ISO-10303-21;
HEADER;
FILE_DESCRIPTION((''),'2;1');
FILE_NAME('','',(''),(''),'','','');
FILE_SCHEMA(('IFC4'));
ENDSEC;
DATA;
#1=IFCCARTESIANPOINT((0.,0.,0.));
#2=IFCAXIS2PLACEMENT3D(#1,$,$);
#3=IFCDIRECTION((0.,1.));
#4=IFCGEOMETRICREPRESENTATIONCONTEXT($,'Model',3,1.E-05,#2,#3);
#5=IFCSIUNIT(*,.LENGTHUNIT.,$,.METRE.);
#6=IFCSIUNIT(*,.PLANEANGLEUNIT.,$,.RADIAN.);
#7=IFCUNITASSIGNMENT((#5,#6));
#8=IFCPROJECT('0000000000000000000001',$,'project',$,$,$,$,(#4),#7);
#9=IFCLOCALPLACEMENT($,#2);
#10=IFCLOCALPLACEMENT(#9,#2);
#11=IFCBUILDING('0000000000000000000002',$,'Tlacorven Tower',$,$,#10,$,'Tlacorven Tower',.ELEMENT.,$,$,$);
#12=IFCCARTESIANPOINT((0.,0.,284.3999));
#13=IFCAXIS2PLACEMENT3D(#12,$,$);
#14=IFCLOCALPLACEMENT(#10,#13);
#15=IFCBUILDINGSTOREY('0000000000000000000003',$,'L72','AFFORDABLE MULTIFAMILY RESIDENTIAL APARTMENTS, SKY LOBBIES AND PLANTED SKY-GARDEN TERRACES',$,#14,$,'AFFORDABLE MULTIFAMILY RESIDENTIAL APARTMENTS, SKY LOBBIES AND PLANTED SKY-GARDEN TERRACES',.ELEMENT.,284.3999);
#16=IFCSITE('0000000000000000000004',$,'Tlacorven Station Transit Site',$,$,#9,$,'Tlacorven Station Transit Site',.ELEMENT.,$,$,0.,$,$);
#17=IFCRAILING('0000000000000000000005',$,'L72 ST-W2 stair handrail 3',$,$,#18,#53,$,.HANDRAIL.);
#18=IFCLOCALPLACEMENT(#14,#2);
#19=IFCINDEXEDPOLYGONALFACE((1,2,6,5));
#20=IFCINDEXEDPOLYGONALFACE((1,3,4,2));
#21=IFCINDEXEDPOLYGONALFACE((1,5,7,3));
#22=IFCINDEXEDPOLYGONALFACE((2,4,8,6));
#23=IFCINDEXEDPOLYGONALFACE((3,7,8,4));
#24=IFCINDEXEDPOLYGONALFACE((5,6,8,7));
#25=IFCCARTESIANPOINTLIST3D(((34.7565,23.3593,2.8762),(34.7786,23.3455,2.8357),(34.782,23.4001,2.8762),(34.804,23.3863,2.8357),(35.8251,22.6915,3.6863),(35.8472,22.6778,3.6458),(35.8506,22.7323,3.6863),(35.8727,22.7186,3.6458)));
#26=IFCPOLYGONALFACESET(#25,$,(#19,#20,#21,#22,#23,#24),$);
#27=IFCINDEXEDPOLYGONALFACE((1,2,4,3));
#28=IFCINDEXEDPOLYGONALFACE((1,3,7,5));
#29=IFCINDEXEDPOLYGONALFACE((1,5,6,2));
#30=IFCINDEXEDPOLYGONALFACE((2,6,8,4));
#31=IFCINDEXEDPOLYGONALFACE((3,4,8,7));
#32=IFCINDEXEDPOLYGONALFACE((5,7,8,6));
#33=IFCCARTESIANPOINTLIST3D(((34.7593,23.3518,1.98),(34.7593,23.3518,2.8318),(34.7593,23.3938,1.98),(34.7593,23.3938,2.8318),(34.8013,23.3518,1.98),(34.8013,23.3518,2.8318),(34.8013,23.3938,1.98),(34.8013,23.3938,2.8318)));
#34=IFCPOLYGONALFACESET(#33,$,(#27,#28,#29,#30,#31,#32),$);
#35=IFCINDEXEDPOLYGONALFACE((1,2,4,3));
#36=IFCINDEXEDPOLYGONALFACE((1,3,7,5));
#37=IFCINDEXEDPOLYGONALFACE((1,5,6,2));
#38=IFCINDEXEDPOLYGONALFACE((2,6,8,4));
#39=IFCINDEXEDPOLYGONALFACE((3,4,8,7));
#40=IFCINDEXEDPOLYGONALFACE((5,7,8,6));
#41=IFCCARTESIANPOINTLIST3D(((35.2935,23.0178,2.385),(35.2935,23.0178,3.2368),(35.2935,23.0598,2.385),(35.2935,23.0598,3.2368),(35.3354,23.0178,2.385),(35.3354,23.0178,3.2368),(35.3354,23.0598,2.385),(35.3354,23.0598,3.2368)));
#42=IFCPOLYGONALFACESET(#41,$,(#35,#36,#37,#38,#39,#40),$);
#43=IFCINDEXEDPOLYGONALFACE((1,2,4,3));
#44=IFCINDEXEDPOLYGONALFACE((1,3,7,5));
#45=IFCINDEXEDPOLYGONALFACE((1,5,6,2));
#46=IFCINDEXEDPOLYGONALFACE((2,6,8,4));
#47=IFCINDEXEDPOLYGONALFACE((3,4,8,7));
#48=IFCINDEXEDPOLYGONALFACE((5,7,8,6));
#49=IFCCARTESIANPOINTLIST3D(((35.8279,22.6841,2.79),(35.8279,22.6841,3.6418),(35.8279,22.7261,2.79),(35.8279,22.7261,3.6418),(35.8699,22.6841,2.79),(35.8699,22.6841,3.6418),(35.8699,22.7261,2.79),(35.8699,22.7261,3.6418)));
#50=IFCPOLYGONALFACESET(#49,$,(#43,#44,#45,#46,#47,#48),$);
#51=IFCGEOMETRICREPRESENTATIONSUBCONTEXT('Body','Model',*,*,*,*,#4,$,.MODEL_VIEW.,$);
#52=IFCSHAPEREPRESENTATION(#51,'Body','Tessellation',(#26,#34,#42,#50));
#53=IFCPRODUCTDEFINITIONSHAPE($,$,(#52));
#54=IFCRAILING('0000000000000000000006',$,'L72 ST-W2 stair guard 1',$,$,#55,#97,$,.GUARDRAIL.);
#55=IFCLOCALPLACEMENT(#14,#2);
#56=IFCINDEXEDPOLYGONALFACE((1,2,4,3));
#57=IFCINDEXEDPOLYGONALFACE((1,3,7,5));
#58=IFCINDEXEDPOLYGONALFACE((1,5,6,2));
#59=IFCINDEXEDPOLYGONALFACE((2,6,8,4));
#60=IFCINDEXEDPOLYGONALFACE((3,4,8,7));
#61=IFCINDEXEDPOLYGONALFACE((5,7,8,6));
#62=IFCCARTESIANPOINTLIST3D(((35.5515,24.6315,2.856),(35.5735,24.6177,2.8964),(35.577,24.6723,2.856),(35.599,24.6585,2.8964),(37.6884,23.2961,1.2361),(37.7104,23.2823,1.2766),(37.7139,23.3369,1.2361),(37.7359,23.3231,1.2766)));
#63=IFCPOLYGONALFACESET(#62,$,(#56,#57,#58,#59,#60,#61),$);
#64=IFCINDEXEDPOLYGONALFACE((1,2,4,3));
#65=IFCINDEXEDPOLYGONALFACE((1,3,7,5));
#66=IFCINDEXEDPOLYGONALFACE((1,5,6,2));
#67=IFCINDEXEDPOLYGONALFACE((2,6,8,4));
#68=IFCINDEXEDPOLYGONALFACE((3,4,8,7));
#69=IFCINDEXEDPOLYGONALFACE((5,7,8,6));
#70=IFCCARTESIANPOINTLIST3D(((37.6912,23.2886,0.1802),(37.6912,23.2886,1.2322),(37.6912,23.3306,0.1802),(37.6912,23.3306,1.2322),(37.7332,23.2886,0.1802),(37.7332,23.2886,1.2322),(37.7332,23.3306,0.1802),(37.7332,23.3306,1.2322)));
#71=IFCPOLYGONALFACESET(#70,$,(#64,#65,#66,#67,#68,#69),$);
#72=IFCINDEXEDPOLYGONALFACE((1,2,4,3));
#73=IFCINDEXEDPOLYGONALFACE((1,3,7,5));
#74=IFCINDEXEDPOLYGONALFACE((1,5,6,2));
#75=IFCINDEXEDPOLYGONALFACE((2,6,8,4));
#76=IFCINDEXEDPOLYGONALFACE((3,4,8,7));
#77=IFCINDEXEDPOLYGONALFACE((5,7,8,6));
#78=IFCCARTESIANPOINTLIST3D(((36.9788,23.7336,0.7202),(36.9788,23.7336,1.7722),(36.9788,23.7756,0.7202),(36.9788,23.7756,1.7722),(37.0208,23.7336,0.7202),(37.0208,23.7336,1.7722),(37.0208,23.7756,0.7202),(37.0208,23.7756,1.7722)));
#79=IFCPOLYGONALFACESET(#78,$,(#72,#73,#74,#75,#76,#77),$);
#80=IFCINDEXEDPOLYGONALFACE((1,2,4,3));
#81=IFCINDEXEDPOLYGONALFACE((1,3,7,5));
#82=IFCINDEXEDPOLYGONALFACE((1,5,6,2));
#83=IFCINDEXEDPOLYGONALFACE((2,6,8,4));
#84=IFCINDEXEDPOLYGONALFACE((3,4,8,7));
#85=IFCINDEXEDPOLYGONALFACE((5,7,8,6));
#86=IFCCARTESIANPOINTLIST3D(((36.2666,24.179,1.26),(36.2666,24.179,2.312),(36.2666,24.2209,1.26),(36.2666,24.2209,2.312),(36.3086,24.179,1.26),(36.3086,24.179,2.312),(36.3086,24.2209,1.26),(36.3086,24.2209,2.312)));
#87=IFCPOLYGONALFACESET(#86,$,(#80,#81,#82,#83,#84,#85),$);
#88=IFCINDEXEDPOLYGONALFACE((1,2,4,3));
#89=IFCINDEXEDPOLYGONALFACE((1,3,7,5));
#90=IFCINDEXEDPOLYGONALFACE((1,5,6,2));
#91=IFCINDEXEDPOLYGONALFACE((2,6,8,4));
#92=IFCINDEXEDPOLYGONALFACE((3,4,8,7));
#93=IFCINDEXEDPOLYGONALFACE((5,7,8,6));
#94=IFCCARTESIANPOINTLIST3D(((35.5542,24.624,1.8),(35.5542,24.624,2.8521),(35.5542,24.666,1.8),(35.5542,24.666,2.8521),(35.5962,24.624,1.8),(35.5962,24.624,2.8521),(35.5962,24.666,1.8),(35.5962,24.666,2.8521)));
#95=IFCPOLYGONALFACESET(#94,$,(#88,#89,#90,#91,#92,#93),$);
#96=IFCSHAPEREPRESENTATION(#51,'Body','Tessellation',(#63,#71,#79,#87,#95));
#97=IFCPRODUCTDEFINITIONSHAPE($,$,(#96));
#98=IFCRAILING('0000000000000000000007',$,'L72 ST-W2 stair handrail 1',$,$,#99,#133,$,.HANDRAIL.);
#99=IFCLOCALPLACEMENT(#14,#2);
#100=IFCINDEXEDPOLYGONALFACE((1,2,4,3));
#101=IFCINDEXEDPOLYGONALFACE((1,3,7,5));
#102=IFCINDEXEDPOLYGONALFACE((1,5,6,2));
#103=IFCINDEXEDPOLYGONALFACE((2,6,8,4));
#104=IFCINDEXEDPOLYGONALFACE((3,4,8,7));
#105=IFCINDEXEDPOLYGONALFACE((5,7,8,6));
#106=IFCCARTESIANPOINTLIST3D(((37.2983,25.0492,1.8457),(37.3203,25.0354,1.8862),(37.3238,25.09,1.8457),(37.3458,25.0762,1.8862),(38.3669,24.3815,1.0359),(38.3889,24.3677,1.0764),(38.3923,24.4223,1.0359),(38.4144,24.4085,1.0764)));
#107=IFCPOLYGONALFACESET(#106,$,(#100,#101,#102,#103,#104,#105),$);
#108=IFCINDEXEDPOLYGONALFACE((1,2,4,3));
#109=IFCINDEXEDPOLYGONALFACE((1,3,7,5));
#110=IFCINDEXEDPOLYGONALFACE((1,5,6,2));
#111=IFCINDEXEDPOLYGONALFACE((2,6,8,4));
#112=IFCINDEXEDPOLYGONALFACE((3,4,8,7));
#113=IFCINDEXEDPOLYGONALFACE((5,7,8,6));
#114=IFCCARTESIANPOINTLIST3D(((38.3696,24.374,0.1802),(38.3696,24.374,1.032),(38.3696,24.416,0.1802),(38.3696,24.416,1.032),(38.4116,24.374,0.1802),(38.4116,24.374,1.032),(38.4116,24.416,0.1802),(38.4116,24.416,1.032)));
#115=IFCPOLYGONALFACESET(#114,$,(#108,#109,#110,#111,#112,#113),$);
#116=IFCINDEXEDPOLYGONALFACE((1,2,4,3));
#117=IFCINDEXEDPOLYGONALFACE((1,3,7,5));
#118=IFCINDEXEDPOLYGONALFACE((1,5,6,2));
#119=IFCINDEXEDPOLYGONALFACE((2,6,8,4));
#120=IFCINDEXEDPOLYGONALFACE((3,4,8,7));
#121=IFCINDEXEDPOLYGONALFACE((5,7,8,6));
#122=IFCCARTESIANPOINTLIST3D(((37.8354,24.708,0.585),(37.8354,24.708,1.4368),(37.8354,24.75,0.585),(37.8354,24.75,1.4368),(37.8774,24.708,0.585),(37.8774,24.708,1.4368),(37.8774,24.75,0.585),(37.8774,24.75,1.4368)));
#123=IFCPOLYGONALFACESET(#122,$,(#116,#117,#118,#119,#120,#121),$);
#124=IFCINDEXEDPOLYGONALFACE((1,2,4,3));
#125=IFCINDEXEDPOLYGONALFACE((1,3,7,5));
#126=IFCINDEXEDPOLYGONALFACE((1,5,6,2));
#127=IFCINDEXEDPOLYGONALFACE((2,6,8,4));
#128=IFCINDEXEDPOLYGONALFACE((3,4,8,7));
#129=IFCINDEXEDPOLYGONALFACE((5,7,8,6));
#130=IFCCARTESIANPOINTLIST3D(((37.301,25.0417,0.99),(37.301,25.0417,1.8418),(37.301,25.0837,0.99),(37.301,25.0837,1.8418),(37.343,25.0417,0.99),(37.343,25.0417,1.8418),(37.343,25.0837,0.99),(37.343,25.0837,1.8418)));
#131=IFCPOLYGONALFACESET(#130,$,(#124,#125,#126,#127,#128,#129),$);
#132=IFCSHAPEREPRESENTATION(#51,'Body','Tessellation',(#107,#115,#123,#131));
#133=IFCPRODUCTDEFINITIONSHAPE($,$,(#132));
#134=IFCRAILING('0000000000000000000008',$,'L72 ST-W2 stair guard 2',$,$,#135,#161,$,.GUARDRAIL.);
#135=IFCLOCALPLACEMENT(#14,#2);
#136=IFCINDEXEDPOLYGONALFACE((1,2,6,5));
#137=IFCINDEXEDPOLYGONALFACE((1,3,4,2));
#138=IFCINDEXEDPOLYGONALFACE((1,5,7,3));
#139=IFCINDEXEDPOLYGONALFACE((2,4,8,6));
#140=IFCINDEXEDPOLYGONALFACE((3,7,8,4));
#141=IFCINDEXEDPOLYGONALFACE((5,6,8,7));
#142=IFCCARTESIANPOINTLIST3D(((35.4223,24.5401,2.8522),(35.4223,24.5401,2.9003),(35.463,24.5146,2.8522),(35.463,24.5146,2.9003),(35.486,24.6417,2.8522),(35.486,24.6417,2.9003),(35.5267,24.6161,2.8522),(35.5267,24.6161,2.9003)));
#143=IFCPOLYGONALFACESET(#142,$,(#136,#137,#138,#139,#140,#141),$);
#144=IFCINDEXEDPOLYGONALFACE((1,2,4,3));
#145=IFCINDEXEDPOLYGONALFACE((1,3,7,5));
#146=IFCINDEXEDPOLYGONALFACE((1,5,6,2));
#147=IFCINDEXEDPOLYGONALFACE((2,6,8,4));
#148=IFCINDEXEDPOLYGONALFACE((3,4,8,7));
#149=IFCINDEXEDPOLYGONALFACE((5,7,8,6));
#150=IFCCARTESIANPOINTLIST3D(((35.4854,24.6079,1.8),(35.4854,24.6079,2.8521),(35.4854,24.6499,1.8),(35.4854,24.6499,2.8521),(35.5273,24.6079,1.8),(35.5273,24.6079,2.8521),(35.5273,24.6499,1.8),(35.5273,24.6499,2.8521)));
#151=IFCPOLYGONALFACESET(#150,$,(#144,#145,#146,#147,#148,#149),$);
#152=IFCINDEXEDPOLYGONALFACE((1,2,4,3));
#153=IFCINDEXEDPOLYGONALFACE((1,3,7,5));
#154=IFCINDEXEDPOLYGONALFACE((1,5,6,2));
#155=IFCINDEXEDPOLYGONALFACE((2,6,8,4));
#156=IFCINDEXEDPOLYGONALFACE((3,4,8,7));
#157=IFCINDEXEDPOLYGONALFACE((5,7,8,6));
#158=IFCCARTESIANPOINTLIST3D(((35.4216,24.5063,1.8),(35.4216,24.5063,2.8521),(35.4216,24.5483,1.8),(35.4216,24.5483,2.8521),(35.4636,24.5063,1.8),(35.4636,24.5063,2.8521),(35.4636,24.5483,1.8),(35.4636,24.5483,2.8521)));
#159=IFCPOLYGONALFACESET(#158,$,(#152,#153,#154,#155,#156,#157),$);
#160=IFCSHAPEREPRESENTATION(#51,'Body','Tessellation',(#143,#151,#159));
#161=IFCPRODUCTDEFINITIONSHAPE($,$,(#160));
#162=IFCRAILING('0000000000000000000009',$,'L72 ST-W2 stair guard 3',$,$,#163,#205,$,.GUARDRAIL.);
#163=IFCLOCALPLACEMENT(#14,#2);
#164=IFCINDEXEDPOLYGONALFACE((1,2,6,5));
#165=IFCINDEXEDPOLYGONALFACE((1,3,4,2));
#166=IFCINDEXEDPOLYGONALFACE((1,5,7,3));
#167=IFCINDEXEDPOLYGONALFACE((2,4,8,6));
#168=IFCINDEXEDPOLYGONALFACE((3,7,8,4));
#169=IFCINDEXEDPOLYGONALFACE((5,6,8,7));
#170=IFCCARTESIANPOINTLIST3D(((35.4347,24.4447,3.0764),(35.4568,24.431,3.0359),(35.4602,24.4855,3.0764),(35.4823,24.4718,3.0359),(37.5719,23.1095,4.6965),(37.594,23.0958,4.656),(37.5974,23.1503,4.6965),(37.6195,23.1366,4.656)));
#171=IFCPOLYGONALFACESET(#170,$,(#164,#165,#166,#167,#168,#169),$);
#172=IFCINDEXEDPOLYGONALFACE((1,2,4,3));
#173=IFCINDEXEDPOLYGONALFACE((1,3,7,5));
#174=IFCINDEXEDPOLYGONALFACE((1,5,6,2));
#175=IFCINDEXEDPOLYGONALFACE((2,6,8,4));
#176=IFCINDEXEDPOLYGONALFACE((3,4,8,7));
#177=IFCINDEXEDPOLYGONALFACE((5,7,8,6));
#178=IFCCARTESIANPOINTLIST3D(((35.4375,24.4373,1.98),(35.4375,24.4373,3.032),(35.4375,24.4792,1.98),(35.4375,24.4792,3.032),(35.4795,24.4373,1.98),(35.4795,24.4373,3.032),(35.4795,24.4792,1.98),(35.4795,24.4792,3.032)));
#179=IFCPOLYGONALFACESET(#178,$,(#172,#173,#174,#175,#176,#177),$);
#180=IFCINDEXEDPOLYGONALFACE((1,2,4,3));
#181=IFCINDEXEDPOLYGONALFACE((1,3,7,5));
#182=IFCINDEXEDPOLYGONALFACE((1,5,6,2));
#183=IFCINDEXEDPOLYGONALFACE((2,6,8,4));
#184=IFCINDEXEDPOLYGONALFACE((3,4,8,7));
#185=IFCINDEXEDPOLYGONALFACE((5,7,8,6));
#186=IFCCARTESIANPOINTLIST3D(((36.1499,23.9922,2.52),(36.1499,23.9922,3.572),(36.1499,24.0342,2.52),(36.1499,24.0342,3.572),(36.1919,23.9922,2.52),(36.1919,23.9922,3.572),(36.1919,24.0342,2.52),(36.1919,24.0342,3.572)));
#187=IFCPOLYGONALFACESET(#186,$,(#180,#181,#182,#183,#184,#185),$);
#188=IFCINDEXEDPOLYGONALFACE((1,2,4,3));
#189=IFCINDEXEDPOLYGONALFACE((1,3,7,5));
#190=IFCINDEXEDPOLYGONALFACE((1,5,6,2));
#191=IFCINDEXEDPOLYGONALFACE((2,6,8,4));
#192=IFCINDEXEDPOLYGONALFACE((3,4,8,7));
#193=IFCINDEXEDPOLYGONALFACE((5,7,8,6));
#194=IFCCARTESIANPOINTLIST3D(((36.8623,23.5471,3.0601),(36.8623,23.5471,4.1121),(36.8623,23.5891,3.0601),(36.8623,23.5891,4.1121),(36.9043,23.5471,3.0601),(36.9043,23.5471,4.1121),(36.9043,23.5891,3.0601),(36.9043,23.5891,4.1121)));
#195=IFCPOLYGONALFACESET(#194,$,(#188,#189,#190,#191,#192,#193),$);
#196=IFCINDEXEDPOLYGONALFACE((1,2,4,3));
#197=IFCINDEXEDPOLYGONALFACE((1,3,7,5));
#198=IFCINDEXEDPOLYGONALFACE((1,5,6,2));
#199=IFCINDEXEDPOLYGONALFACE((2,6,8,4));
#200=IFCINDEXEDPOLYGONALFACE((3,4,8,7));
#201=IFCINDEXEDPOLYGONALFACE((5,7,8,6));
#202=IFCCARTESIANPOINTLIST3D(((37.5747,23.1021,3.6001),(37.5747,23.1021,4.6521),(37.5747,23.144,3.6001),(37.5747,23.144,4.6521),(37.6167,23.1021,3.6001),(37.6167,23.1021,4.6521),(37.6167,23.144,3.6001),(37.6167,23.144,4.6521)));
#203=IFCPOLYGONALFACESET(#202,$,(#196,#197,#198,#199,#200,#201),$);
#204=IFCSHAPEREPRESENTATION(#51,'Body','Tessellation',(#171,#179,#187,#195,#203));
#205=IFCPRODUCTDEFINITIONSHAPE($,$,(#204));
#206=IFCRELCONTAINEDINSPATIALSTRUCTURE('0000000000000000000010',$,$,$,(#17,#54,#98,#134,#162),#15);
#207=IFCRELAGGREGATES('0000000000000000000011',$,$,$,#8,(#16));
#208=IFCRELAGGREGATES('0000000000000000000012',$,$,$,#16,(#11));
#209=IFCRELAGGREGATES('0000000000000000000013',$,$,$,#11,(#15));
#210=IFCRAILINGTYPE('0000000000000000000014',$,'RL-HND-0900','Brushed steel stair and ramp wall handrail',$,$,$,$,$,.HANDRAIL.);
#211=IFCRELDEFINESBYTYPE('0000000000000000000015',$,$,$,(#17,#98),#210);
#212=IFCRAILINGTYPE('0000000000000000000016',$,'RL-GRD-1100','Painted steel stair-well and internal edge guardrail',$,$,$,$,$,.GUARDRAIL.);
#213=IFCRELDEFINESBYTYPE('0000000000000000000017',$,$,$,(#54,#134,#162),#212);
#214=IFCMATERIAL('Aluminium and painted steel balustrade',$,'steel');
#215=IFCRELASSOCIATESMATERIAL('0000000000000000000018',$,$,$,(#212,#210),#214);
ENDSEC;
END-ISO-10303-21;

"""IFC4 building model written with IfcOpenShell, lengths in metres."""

from ifc_helpers import new_model, si_unit, direction, frame, origin, origin_2d, place, context, subcontext, project, spatial, rectangle, extrude, source, transform, mapped, material, type_object, element, save


model = new_model("IFC4")

# Units and contexts
model_context = context("Model", 3, precision=1e-05, world=origin(), true_north=direction((0.0, 1.0)))
body_context = subcontext(model_context, "Body", "Model", "MODEL_VIEW")
ifc_project = project(units=[si_unit("LENGTHUNIT", "METRE"), si_unit("PLANEANGLEUNIT", "RADIAN")], contexts=[model_context])

# Site, building, storey
site_placement = place(None, origin())
site = spatial("IfcSite", under=ifc_project, at=site_placement, Name="Tlacorven Station Transit Site", LongName="Tlacorven Station Transit Site", CompositionType="ELEMENT", RefElevation=0.0)
building_placement = place(site_placement, origin())
building = spatial("IfcBuilding", under=site, at=building_placement, Name="Tlacorven Tower", LongName="Tlacorven Tower", CompositionType="ELEMENT")
storey_placement = place(building_placement, frame((0.0, 0.0, 284.3999)))
storey = spatial("IfcBuildingStorey", under=building, at=storey_placement, Name="L72", Description="AFFORDABLE MULTIFAMILY RESIDENTIAL APARTMENTS, SKY LOBBIES AND PLANTED SKY-GARDEN TERRACES", LongName="AFFORDABLE MULTIFAMILY RESIDENTIAL APARTMENTS, SKY LOBBIES AND PLANTED SKY-GARDEN TERRACES", CompositionType="ELEMENT", Elevation=284.3999)

# Railings
ifc_material_1 = material(Name="Aluminium and painted steel balustrade", Category="steel")
railing_type_1 = type_object("IfcRailingType", Name="RL-GRD-1100", Description="Painted steel stair-well and internal edge guardrail", PredefinedType="GUARDRAIL", material=ifc_material_1)
railing_type_2 = type_object("IfcRailingType", Name="RL-HND-0900", Description="Brushed steel stair and ramp wall handrail", PredefinedType="HANDRAIL", material=ifc_material_1)
shared_shape_1 = source(origin(), body_context, "Body", "SweptSolid", [
    extrude(rectangle(XDim=0.0481, YDim=0.0481, at=origin_2d()), frame((0.0, 0.0, 0.876), z_axis=(0.71336, -0.445748, 0.540765), x_axis=(0.529912, 0.848053, 0.0)), (0.0, 0.0, 1.0), 1.498),
    extrude(rectangle(XDim=0.042, YDim=0.042, at=origin_2d()), origin(), (0.0, 0.0, 1.0), 0.8518),
    extrude(rectangle(XDim=0.042, YDim=0.042, at=origin_2d()), frame((0.5342, -0.334, 0.405)), (0.0, 0.0, 1.0), 0.8518),
    extrude(rectangle(XDim=0.042, YDim=0.042, at=origin_2d()), frame((1.0686, -0.6677, 0.8101)), (0.0, 0.0, 1.0), 0.8518),
])
railing_1_placement = place(storey_placement, frame((34.7803, 23.3728, 1.98)))
element("IfcRailing", 1, at=railing_1_placement, inside=storey, type_object=railing_type_2, Name="L72 ST-W2 stair handrail 3", PredefinedType="HANDRAIL", context=body_context, shape_type="MappedRepresentation", body=[
    mapped(shared_shape_1, transform((0.0, 0.0, 0.0), scale=1.0)),
])
shared_shape_2 = source(origin(), body_context, "Body", "SweptSolid", [
    extrude(rectangle(XDim=0.0481, YDim=0.0481, at=origin_2d()), frame((0.0, 0.0, 1.0762), z_axis=(-0.713351, 0.445794, 0.540739), x_axis=(-0.529955, -0.848026, 0.0)), (0.0, 0.0, 1.0), 2.9956),
    extrude(rectangle(XDim=0.042, YDim=0.042, at=origin_2d()), origin(), (0.0, 0.0, 1.0), 1.052),
    extrude(rectangle(XDim=0.042, YDim=0.042, at=origin_2d()), frame((-0.7124, 0.4451, 0.54)), (0.0, 0.0, 1.0), 1.052),
    extrude(rectangle(XDim=0.042, YDim=0.042, at=origin_2d()), frame((-1.4246, 0.8904, 1.0798)), (0.0, 0.0, 1.0), 1.052),
    extrude(rectangle(XDim=0.042, YDim=0.042, at=origin_2d()), frame((-2.137, 1.3354, 1.6199)), (0.0, 0.0, 1.0), 1.052),
])
railing_2_placement = place(storey_placement, frame((37.7122, 23.3096, 0.1802)))
element("IfcRailing", 2, at=railing_2_placement, inside=storey, type_object=railing_type_1, Name="L72 ST-W2 stair guard 1", PredefinedType="GUARDRAIL", context=body_context, shape_type="MappedRepresentation", body=[
    mapped(shared_shape_2, transform((0.0, 0.0, 0.0), scale=1.0)),
])
shared_shape_3 = source(origin(), body_context, "Body", "SweptSolid", [
    extrude(rectangle(XDim=0.0481, YDim=0.0481, at=origin_2d()), frame((0.0, 0.0, 0.876), z_axis=(-0.713423, 0.445787, 0.540649), x_axis=(-0.529912, -0.848053, 0.0)), (0.0, 0.0, 1.0), 1.4978),
    extrude(rectangle(XDim=0.042, YDim=0.042, at=origin_2d()), origin(), (0.0, 0.0, 1.0), 0.8518),
    extrude(rectangle(XDim=0.042, YDim=0.042, at=origin_2d()), frame((-0.5342, 0.334, 0.4048)), (0.0, 0.0, 1.0), 0.8518),
    extrude(rectangle(XDim=0.042, YDim=0.042, at=origin_2d()), frame((-1.0686, 0.6677, 0.8098)), (0.0, 0.0, 1.0), 0.8518),
])
railing_3_placement = place(storey_placement, frame((38.3906, 24.395, 0.1802)))
element("IfcRailing", 3, at=railing_3_placement, inside=storey, type_object=railing_type_2, Name="L72 ST-W2 stair handrail 1", PredefinedType="HANDRAIL", context=body_context, shape_type="MappedRepresentation", body=[
    mapped(shared_shape_3, transform((0.0, 0.0, 0.0), scale=1.0)),
])
shared_shape_4 = source(origin(), body_context, "Body", "SweptSolid", [
    extrude(rectangle(XDim=0.0481, YDim=0.0481, at=origin_2d()), frame((0.0, 0.0, 1.0762), z_axis=(-0.531462, -0.847082, 0.0), x_axis=(0.847082, -0.531462, 0.0)), (0.0, 0.0, 1.0), 0.1199),
    extrude(rectangle(XDim=0.042, YDim=0.042, at=origin_2d()), origin(), (0.0, 0.0, 1.0), 1.052),
    extrude(rectangle(XDim=0.042, YDim=0.042, at=origin_2d()), frame((-0.0637, -0.1016, 0.0)), (0.0, 0.0, 1.0), 1.052),
])
railing_4_placement = place(storey_placement, frame((35.5063, 24.6289, 1.8)))
element("IfcRailing", 4, at=railing_4_placement, inside=storey, type_object=railing_type_1, Name="L72 ST-W2 stair guard 2", PredefinedType="GUARDRAIL", context=body_context, shape_type="MappedRepresentation", body=[
    mapped(shared_shape_4, transform((0.0, 0.0, 0.0), scale=1.0)),
])
shared_shape_5 = source(origin(), body_context, "Body", "SweptSolid", [
    extrude(rectangle(XDim=0.0481, YDim=0.0481, at=origin_2d()), frame((0.0, 0.0, 1.0762), z_axis=(0.713386, -0.445683, 0.540784), x_axis=(0.529842, 0.848096, 0.0)), (0.0, 0.0, 1.0), 2.9958),
    extrude(rectangle(XDim=0.042, YDim=0.042, at=origin_2d()), origin(), (0.0, 0.0, 1.0), 1.052),
    extrude(rectangle(XDim=0.042, YDim=0.042, at=origin_2d()), frame((0.7124, -0.4451, 0.54)), (0.0, 0.0, 1.0), 1.052),
    extrude(rectangle(XDim=0.042, YDim=0.042, at=origin_2d()), frame((1.4248, -0.8901, 1.0801)), (0.0, 0.0, 1.0), 1.052),
    extrude(rectangle(XDim=0.042, YDim=0.042, at=origin_2d()), frame((2.1372, -1.3352, 1.6201)), (0.0, 0.0, 1.0), 1.052),
])
railing_5_placement = place(storey_placement, frame((35.4585, 24.4583, 1.98)))
element("IfcRailing", 5, at=railing_5_placement, inside=storey, type_object=railing_type_1, Name="L72 ST-W2 stair guard 3", PredefinedType="GUARDRAIL", context=body_context, shape_type="MappedRepresentation", body=[
    mapped(shared_shape_5, transform((0.0, 0.0, 0.0), scale=1.0)),
])

save(model, "model.ifc")
